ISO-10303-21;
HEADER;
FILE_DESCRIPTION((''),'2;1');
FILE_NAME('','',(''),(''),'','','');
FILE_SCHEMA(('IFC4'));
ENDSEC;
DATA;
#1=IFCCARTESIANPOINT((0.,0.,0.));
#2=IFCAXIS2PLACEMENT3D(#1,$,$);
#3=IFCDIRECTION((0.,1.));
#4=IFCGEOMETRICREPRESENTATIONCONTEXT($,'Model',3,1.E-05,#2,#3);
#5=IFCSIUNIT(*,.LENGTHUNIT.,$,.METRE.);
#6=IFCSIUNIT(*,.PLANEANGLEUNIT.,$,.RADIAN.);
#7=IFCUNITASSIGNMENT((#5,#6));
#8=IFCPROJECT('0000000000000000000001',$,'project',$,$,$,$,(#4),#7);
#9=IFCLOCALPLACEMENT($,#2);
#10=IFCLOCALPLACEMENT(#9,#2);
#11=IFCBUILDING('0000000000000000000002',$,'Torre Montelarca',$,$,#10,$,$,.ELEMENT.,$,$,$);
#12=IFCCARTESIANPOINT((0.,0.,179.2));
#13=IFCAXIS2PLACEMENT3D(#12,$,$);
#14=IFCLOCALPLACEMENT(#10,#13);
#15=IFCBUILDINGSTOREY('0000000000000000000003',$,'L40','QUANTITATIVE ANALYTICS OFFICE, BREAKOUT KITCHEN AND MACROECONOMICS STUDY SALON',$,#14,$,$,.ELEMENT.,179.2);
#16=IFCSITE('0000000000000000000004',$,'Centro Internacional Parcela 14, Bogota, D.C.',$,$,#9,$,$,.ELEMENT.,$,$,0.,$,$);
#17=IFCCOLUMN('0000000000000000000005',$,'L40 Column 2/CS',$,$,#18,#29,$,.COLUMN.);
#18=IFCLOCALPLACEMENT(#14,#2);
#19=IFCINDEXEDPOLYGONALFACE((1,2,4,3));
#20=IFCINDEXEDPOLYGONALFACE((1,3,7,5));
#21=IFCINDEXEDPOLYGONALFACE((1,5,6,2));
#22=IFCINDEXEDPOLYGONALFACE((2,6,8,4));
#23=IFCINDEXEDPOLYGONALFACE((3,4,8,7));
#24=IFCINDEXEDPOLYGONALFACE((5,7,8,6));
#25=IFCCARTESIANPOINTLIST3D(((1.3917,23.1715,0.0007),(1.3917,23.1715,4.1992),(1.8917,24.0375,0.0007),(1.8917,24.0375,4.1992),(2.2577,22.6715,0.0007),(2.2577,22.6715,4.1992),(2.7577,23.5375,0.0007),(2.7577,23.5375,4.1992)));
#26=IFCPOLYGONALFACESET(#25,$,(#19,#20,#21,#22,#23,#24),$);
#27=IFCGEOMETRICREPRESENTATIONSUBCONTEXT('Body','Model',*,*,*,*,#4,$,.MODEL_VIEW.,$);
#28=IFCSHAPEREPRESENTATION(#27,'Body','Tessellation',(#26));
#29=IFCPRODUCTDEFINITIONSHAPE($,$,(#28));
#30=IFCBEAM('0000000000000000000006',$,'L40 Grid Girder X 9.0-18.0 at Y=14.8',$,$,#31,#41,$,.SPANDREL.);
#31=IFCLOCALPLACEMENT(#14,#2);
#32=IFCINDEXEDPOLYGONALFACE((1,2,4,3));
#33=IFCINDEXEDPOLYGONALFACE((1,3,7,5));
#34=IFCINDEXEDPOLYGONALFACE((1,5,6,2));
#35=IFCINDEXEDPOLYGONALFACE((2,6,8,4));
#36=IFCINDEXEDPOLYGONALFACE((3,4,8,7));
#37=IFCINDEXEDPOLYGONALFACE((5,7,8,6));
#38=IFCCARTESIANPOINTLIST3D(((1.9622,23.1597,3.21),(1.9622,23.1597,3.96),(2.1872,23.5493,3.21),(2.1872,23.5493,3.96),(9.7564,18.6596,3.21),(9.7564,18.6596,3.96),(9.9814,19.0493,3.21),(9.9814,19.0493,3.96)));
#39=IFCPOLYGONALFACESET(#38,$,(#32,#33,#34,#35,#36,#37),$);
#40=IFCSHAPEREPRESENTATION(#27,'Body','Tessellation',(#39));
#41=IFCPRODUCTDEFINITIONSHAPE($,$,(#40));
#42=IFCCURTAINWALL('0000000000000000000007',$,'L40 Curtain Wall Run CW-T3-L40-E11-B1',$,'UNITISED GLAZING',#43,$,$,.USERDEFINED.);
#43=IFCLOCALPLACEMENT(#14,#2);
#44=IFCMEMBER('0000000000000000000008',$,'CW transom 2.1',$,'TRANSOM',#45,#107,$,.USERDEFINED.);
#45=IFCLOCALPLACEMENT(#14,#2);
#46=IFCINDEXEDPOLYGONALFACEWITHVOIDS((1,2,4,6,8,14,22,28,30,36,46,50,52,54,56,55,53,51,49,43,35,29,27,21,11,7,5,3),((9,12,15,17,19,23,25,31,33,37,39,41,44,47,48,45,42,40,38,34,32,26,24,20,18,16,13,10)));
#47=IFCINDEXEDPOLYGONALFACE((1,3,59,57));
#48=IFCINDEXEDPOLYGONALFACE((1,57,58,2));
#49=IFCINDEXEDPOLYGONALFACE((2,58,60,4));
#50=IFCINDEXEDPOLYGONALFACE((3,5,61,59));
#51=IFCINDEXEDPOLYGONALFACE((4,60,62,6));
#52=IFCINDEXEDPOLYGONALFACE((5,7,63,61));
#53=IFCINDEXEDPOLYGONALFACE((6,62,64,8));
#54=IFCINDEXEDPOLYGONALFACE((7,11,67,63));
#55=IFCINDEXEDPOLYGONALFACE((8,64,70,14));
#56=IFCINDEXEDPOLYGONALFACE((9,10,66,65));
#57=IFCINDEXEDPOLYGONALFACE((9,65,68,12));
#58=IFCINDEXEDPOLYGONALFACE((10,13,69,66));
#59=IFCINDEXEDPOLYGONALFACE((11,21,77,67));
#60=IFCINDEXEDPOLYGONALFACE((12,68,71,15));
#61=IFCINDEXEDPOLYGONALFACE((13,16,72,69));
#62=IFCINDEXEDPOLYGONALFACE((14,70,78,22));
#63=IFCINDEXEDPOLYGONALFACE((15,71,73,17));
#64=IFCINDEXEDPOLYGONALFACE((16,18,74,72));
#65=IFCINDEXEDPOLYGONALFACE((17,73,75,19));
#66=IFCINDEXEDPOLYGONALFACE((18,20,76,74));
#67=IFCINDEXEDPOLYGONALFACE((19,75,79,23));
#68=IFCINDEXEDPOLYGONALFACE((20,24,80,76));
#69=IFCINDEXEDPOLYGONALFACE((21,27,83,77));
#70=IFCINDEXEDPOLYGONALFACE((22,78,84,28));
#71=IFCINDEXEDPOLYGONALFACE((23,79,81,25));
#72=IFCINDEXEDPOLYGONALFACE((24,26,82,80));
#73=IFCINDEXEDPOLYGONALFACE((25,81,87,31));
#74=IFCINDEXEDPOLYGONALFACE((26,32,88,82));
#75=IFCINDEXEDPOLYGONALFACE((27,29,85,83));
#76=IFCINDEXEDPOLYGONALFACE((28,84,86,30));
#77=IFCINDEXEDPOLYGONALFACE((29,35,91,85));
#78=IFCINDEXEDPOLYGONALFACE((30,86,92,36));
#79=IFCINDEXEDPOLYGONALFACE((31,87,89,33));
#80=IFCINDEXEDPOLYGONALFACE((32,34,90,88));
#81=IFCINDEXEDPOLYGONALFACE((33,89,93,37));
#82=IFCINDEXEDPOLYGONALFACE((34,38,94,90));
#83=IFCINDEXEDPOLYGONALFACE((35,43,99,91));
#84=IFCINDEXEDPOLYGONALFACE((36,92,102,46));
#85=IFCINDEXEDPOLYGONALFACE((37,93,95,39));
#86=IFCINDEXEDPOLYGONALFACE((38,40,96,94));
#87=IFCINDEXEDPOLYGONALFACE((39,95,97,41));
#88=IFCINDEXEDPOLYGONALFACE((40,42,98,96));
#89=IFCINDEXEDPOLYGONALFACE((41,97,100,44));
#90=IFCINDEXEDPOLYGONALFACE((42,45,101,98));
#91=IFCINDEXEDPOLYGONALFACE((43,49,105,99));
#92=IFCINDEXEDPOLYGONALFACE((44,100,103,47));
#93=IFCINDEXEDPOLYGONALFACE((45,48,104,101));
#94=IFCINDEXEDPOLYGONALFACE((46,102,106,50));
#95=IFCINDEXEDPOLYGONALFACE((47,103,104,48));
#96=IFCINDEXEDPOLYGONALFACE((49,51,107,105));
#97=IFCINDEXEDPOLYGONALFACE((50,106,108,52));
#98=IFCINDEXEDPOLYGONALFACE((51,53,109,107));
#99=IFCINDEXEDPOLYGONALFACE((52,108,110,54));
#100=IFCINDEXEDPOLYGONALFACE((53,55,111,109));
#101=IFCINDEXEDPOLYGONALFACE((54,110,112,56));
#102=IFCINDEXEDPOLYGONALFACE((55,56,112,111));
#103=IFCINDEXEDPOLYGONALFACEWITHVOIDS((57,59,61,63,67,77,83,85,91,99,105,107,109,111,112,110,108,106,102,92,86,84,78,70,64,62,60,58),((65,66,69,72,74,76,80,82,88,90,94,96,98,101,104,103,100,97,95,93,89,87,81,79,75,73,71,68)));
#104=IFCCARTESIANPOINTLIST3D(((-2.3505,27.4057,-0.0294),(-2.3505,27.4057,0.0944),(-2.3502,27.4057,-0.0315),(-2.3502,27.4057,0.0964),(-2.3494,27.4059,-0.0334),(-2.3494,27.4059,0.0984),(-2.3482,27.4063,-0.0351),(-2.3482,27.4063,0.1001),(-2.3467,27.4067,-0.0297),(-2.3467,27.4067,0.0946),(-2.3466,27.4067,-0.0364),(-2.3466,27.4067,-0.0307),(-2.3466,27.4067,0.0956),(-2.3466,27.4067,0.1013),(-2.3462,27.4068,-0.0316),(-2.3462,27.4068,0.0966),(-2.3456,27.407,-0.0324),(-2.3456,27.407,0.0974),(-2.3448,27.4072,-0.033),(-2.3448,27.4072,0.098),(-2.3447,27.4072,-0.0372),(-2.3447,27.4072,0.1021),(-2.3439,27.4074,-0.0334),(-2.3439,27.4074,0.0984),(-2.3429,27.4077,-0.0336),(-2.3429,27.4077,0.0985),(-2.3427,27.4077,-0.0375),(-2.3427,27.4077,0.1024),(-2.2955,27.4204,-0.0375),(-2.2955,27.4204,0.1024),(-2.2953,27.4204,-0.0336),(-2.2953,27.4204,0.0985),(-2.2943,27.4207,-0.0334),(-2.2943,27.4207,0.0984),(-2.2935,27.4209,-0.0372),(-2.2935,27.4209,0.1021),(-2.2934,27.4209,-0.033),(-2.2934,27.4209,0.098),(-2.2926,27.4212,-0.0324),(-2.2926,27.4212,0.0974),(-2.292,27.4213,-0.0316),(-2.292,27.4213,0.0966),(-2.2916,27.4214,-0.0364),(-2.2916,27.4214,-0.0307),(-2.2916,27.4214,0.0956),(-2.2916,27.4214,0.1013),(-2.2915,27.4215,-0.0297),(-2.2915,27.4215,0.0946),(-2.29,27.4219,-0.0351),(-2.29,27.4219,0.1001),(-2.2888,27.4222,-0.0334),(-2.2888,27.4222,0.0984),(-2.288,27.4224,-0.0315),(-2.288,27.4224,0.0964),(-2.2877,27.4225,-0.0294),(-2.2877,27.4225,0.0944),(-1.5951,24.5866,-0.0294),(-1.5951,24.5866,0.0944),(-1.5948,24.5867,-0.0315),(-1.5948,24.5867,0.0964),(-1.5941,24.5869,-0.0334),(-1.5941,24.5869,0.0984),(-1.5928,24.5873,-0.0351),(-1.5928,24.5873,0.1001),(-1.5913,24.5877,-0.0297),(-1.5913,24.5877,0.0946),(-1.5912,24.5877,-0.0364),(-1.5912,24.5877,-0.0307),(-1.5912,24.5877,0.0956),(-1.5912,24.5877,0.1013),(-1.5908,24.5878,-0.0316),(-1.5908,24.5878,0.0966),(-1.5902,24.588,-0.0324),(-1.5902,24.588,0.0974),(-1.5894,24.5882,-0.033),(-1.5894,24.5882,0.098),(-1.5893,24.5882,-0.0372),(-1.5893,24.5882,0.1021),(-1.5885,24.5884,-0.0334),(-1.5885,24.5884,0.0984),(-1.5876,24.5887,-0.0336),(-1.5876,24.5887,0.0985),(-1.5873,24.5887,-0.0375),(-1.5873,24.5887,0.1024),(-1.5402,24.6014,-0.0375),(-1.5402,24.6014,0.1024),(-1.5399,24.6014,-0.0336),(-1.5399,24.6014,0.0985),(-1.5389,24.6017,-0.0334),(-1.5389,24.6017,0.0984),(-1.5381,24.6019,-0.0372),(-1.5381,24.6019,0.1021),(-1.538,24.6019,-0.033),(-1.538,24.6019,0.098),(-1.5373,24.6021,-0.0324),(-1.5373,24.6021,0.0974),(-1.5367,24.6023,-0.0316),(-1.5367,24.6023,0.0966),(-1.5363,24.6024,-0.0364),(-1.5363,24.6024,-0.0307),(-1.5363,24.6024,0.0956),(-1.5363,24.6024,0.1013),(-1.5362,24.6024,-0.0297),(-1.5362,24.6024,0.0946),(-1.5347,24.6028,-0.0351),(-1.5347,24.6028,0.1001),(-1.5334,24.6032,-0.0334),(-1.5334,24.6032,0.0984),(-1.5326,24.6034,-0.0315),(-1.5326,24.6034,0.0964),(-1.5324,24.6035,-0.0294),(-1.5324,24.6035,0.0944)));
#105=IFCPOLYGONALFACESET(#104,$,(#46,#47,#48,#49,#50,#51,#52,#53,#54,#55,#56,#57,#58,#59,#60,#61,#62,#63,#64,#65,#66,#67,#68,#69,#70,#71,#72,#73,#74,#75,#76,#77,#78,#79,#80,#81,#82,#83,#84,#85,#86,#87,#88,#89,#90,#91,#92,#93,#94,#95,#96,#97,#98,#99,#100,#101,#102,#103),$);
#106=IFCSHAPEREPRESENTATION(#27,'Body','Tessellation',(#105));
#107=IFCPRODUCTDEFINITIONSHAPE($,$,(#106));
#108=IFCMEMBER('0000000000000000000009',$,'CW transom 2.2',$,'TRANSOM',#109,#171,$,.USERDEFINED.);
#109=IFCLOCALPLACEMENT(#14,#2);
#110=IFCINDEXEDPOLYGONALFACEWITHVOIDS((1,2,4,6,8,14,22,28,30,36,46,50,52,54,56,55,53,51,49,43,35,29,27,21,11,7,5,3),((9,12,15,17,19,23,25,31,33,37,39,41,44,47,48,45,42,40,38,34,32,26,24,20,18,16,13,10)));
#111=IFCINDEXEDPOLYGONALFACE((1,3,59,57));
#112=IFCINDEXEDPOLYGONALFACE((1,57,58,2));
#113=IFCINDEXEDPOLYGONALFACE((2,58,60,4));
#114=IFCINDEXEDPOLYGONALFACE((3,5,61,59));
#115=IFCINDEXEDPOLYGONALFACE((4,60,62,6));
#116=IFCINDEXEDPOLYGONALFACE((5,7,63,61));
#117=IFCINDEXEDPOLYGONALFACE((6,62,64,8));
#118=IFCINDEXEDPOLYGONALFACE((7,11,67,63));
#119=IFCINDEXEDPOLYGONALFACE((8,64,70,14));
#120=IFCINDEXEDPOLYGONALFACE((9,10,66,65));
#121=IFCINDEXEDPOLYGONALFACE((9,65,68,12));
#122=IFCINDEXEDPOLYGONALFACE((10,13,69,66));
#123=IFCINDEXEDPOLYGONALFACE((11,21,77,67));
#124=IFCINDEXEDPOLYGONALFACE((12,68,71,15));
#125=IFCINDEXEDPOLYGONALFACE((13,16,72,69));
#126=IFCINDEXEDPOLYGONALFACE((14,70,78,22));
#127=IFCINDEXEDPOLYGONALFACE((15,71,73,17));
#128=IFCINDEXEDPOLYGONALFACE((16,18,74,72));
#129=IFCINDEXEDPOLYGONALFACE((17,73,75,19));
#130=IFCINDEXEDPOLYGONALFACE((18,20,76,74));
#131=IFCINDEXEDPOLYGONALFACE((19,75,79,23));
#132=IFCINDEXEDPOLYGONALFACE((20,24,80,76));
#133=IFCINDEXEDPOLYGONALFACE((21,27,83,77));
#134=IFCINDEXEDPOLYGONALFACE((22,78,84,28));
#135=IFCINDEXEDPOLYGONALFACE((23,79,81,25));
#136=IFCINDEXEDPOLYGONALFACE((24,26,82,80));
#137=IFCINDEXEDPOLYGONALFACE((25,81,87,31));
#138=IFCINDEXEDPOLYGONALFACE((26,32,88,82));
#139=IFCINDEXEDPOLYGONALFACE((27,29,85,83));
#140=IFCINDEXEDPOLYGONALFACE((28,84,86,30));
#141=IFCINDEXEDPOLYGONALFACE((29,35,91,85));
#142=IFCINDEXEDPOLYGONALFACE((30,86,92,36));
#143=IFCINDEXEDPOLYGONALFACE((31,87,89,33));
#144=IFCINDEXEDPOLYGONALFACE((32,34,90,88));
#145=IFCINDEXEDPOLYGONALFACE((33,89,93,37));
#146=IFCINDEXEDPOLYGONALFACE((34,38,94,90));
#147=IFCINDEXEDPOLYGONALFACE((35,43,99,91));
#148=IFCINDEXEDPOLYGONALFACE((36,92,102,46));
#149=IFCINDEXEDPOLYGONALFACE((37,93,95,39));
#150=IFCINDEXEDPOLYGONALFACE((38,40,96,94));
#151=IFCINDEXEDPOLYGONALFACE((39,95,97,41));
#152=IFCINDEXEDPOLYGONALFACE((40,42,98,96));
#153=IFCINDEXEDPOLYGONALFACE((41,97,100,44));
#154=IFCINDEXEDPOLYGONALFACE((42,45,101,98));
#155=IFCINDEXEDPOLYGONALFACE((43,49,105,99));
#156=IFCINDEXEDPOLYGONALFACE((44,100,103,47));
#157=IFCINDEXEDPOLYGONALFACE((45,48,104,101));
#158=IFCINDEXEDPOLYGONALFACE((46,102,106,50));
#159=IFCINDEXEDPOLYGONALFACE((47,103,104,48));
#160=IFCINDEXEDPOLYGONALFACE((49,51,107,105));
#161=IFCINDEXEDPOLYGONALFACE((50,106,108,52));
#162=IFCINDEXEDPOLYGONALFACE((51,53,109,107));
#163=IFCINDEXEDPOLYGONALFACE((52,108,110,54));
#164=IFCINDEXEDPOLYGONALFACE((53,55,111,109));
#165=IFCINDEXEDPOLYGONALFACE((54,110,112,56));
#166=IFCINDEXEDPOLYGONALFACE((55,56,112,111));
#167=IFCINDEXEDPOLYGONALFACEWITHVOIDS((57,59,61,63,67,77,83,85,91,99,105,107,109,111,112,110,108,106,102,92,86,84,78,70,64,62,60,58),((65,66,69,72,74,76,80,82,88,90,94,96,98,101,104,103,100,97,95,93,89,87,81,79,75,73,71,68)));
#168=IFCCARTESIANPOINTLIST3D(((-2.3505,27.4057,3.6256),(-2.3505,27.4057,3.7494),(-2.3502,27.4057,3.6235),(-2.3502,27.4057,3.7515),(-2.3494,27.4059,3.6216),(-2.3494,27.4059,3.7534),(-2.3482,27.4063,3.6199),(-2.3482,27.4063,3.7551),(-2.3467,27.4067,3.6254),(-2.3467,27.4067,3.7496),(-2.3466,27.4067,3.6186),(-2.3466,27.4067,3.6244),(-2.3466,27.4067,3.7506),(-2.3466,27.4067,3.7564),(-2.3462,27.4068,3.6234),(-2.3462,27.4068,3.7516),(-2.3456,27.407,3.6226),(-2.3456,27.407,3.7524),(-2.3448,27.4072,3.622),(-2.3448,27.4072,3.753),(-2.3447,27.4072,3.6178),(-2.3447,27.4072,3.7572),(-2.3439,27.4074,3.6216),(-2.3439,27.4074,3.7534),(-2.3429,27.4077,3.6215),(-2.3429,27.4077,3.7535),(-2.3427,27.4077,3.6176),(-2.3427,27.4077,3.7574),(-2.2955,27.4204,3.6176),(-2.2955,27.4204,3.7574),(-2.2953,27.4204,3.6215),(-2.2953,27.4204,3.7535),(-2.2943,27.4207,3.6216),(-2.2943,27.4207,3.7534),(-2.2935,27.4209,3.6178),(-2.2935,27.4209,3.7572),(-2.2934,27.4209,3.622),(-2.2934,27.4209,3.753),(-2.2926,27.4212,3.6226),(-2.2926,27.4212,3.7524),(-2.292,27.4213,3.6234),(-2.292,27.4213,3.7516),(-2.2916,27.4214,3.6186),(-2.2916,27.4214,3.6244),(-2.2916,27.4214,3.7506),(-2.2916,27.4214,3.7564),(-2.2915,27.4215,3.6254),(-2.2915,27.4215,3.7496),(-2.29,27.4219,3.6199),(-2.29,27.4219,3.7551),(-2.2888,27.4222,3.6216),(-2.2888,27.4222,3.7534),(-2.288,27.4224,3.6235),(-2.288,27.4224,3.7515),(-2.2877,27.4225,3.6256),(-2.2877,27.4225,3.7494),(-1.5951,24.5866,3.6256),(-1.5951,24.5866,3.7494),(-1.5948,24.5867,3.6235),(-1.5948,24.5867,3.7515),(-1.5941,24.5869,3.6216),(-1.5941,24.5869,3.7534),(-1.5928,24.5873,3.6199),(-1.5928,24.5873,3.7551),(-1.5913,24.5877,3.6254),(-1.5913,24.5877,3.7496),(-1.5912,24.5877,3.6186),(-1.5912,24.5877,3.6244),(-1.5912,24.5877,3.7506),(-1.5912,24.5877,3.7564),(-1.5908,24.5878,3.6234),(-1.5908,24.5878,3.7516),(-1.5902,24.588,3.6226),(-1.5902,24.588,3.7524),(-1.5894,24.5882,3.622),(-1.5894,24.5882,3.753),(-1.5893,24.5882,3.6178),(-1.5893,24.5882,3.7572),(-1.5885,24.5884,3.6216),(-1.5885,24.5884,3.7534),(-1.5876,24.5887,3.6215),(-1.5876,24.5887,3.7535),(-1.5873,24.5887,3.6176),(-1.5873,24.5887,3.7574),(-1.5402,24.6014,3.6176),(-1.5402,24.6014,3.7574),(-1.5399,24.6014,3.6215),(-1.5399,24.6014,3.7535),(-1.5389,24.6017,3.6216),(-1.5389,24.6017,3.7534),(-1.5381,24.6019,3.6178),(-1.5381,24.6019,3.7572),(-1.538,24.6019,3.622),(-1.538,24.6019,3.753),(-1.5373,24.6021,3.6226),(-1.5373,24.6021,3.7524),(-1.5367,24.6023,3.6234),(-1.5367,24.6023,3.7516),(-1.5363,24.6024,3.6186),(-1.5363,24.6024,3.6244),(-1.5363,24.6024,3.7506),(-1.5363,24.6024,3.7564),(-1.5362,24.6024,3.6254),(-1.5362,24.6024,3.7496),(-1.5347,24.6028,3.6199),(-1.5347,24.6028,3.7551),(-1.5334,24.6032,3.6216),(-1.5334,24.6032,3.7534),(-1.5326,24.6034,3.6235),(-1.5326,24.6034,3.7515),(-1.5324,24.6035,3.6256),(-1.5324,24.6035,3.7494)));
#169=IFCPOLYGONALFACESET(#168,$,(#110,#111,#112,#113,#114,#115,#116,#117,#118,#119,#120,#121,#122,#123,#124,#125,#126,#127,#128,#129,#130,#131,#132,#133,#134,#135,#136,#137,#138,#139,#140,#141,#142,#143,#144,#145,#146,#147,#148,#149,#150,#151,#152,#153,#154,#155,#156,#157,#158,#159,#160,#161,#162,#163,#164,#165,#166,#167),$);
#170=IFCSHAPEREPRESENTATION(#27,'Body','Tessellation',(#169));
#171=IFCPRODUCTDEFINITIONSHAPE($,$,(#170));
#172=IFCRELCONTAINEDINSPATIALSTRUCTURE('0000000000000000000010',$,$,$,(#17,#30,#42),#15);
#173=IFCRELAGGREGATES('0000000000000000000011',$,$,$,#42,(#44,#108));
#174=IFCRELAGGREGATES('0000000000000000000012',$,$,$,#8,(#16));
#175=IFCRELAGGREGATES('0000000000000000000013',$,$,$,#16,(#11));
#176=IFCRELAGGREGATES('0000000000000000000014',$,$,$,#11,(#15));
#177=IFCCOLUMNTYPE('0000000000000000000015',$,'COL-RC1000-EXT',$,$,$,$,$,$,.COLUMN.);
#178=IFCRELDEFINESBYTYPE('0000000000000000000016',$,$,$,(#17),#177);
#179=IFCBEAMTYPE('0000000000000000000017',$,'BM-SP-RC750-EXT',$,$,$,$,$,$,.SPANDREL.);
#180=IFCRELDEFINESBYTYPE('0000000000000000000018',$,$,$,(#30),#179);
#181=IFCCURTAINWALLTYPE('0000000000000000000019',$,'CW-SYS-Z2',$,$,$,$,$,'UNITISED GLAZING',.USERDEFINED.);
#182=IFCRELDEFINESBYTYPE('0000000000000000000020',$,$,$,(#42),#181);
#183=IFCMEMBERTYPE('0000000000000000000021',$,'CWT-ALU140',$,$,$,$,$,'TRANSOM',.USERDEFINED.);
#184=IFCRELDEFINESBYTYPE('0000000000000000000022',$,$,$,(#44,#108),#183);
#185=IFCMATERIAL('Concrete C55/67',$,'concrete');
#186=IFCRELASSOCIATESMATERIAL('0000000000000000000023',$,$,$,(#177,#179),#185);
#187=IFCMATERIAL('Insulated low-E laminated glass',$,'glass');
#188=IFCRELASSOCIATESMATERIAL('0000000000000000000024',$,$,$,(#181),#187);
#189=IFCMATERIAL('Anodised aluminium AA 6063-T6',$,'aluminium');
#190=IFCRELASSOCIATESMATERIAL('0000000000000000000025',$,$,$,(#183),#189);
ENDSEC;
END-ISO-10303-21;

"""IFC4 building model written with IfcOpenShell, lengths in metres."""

from ifc_helpers import new_model, si_unit, direction, frame, origin, origin_2d, place, context, subcontext, project, spatial, rectangle, hollow_rectangle, extrude, source, transform, mapped, material, material_profile, profile_set, type_object, element, aggregate, save


model = new_model("IFC4")

# Units and contexts
model_context = context("Model", 3, precision=1e-05, world=origin(), true_north=direction((0.0, 1.0)))
body_context = subcontext(model_context, "Body", "Model", "MODEL_VIEW")
ifc_project = project(units=[si_unit("LENGTHUNIT", "METRE"), si_unit("PLANEANGLEUNIT", "RADIAN")], contexts=[model_context])

# Site, building, storey
site_placement = place(None, origin())
site = spatial("IfcSite", under=ifc_project, at=site_placement, Name="Centro Internacional Parcela 14, Bogota, D.C.", CompositionType="ELEMENT", RefElevation=0.0)
building_placement = place(site_placement, origin())
building = spatial("IfcBuilding", under=site, at=building_placement, Name="Torre Montelarca", CompositionType="ELEMENT")
storey_placement = place(building_placement, frame((0.0, 0.0, 179.2)))
storey = spatial("IfcBuildingStorey", under=building, at=storey_placement, Name="L40", Description="QUANTITATIVE ANALYTICS OFFICE, BREAKOUT KITCHEN AND MACROECONOMICS STUDY SALON", CompositionType="ELEMENT", Elevation=179.2)

# Column
ifc_material_1 = material(Name="Concrete C55/67", Category="concrete")
ifc_material_profile_1 = material_profile(ifc_material_1, rectangle(XDim=1.0, YDim=1.0, at=origin_2d()), Name="RC1000X1000", Category="concrete")
ifc_profile_set_1 = profile_set([ifc_material_profile_1], Name="Concrete C55/67")
column_type = type_object("IfcColumnType", Name="COL-RC1000-EXT", PredefinedType="COLUMN", material=ifc_profile_set_1)
shared_shape_1 = source(origin(), body_context, "Body", "SweptSolid", [
    extrude(rectangle(XDim=1.0, YDim=1.0, at=origin_2d()), origin(), (0.0, 0.0, 1.0), 4.1985),
])
column_placement = place(storey_placement, frame((2.0747, 23.3545, 0.0007), z_axis=(0.0, 0.0, 1.0), x_axis=(-0.866025, 0.5, 0.0)))
element("IfcColumn", 1, at=column_placement, inside=storey, type_object=column_type, Name="L40 Column 2/CS", PredefinedType="COLUMN", context=body_context, shape_type="MappedRepresentation", body=[
    mapped(shared_shape_1, transform((0.0, 0.0, 0.0), scale=1.0)),
])

# Beam
ifc_material_profile_2 = material_profile(ifc_material_1, rectangle(XDim=0.45, YDim=0.75, at=origin_2d()), Name="RCB450X750", Category="concrete")
ifc_profile_set_2 = profile_set([ifc_material_profile_2], Name="Concrete C55/67")
beam_type = type_object("IfcBeamType", Name="BM-SP-RC750-EXT", PredefinedType="SPANDREL", material=ifc_profile_set_2)
shared_shape_2 = source(origin(), body_context, "Body", "SweptSolid", [
    extrude(rectangle(XDim=0.45, YDim=0.75, at=origin_2d()), origin(), (0.0, 0.0, 1.0), 9.0),
])
beam_placement = place(storey_placement, frame((2.0747, 23.3545, 3.585), z_axis=(0.866024, -0.500002, 0.0), x_axis=(0.500002, 0.866024, 0.0)))
element("IfcBeam", 2, at=beam_placement, inside=storey, type_object=beam_type, Name="L40 Grid Girder X 9.0-18.0 at Y=14.8", PredefinedType="SPANDREL", context=body_context, shape_type="MappedRepresentation", body=[
    mapped(shared_shape_2, transform((0.0, 0.0, 0.0), scale=1.0)),
])

# Curtain wall, members
ifc_material_2 = material(Name="Insulated low-E laminated glass", Category="glass")
curtain_wall_type = type_object("IfcCurtainWallType", Name="CW-SYS-Z2", ElementType="UNITISED GLAZING", PredefinedType="USERDEFINED", material=ifc_material_2)
curtain_wall_1_placement = place(storey_placement, origin())
curtain_wall_1 = element("IfcCurtainWall", 3, at=curtain_wall_1_placement, inside=storey, type_object=curtain_wall_type, Name="L40 Curtain Wall Run CW-T3-L40-E11-B1", ObjectType="UNITISED GLAZING", PredefinedType="USERDEFINED")
ifc_material_3 = material(Name="Anodised aluminium AA 6063-T6", Category="aluminium")
ifc_material_profile_3 = material_profile(ifc_material_3, hollow_rectangle(XDim=0.0649, YDim=0.1399, WallThickness=0.0039, InnerFilletRadius=0.0039, OuterFilletRadius=0.0081, at=origin_2d()), Name="ALU65X140X4", Category="aluminium")
ifc_profile_set_3 = profile_set([ifc_material_profile_3], Name="Anodised aluminium AA 6063-T6")
member_type_1 = type_object("IfcMemberType", Name="CWT-ALU140", ElementType="TRANSOM", PredefinedType="USERDEFINED", material=ifc_profile_set_3)
shared_shape_3 = source(origin(), body_context, "Body", "SweptSolid", [
    extrude(hollow_rectangle(XDim=0.0649, YDim=0.1399, WallThickness=0.0039, InnerFilletRadius=0.0039, OuterFilletRadius=0.0081, at=origin_2d()), origin(), (0.0, 0.0, 1.0), 2.9185),
])
member_1_placement = place(storey_placement, frame((-2.3191, 27.4141, 0.0325), z_axis=(0.258818, -0.965926, 0.0), x_axis=(0.965926, 0.258818, 0.0)))
member_1 = element("IfcMember", 4, at=member_1_placement, type_object=member_type_1, Name="CW transom 2.1", ObjectType="TRANSOM", PredefinedType="USERDEFINED", context=body_context, shape_type="MappedRepresentation", body=[
    mapped(shared_shape_3, transform((0.0, 0.0, 0.0), scale=1.0)),
])
member_2_placement = place(storey_placement, frame((-2.3191, 27.4141, 3.6875), z_axis=(0.258818, -0.965926, 0.0), x_axis=(0.965926, 0.258818, 0.0)))
member_2 = element("IfcMember", 5, at=member_2_placement, type_object=member_type_1, Name="CW transom 2.2", ObjectType="TRANSOM", PredefinedType="USERDEFINED", context=body_context, shape_type="MappedRepresentation", body=[
    mapped(shared_shape_3, transform((0.0, 0.0, 0.0), scale=1.0)),
])

aggregate(curtain_wall_1, [member_1, member_2])

save(model, "model.ifc")
